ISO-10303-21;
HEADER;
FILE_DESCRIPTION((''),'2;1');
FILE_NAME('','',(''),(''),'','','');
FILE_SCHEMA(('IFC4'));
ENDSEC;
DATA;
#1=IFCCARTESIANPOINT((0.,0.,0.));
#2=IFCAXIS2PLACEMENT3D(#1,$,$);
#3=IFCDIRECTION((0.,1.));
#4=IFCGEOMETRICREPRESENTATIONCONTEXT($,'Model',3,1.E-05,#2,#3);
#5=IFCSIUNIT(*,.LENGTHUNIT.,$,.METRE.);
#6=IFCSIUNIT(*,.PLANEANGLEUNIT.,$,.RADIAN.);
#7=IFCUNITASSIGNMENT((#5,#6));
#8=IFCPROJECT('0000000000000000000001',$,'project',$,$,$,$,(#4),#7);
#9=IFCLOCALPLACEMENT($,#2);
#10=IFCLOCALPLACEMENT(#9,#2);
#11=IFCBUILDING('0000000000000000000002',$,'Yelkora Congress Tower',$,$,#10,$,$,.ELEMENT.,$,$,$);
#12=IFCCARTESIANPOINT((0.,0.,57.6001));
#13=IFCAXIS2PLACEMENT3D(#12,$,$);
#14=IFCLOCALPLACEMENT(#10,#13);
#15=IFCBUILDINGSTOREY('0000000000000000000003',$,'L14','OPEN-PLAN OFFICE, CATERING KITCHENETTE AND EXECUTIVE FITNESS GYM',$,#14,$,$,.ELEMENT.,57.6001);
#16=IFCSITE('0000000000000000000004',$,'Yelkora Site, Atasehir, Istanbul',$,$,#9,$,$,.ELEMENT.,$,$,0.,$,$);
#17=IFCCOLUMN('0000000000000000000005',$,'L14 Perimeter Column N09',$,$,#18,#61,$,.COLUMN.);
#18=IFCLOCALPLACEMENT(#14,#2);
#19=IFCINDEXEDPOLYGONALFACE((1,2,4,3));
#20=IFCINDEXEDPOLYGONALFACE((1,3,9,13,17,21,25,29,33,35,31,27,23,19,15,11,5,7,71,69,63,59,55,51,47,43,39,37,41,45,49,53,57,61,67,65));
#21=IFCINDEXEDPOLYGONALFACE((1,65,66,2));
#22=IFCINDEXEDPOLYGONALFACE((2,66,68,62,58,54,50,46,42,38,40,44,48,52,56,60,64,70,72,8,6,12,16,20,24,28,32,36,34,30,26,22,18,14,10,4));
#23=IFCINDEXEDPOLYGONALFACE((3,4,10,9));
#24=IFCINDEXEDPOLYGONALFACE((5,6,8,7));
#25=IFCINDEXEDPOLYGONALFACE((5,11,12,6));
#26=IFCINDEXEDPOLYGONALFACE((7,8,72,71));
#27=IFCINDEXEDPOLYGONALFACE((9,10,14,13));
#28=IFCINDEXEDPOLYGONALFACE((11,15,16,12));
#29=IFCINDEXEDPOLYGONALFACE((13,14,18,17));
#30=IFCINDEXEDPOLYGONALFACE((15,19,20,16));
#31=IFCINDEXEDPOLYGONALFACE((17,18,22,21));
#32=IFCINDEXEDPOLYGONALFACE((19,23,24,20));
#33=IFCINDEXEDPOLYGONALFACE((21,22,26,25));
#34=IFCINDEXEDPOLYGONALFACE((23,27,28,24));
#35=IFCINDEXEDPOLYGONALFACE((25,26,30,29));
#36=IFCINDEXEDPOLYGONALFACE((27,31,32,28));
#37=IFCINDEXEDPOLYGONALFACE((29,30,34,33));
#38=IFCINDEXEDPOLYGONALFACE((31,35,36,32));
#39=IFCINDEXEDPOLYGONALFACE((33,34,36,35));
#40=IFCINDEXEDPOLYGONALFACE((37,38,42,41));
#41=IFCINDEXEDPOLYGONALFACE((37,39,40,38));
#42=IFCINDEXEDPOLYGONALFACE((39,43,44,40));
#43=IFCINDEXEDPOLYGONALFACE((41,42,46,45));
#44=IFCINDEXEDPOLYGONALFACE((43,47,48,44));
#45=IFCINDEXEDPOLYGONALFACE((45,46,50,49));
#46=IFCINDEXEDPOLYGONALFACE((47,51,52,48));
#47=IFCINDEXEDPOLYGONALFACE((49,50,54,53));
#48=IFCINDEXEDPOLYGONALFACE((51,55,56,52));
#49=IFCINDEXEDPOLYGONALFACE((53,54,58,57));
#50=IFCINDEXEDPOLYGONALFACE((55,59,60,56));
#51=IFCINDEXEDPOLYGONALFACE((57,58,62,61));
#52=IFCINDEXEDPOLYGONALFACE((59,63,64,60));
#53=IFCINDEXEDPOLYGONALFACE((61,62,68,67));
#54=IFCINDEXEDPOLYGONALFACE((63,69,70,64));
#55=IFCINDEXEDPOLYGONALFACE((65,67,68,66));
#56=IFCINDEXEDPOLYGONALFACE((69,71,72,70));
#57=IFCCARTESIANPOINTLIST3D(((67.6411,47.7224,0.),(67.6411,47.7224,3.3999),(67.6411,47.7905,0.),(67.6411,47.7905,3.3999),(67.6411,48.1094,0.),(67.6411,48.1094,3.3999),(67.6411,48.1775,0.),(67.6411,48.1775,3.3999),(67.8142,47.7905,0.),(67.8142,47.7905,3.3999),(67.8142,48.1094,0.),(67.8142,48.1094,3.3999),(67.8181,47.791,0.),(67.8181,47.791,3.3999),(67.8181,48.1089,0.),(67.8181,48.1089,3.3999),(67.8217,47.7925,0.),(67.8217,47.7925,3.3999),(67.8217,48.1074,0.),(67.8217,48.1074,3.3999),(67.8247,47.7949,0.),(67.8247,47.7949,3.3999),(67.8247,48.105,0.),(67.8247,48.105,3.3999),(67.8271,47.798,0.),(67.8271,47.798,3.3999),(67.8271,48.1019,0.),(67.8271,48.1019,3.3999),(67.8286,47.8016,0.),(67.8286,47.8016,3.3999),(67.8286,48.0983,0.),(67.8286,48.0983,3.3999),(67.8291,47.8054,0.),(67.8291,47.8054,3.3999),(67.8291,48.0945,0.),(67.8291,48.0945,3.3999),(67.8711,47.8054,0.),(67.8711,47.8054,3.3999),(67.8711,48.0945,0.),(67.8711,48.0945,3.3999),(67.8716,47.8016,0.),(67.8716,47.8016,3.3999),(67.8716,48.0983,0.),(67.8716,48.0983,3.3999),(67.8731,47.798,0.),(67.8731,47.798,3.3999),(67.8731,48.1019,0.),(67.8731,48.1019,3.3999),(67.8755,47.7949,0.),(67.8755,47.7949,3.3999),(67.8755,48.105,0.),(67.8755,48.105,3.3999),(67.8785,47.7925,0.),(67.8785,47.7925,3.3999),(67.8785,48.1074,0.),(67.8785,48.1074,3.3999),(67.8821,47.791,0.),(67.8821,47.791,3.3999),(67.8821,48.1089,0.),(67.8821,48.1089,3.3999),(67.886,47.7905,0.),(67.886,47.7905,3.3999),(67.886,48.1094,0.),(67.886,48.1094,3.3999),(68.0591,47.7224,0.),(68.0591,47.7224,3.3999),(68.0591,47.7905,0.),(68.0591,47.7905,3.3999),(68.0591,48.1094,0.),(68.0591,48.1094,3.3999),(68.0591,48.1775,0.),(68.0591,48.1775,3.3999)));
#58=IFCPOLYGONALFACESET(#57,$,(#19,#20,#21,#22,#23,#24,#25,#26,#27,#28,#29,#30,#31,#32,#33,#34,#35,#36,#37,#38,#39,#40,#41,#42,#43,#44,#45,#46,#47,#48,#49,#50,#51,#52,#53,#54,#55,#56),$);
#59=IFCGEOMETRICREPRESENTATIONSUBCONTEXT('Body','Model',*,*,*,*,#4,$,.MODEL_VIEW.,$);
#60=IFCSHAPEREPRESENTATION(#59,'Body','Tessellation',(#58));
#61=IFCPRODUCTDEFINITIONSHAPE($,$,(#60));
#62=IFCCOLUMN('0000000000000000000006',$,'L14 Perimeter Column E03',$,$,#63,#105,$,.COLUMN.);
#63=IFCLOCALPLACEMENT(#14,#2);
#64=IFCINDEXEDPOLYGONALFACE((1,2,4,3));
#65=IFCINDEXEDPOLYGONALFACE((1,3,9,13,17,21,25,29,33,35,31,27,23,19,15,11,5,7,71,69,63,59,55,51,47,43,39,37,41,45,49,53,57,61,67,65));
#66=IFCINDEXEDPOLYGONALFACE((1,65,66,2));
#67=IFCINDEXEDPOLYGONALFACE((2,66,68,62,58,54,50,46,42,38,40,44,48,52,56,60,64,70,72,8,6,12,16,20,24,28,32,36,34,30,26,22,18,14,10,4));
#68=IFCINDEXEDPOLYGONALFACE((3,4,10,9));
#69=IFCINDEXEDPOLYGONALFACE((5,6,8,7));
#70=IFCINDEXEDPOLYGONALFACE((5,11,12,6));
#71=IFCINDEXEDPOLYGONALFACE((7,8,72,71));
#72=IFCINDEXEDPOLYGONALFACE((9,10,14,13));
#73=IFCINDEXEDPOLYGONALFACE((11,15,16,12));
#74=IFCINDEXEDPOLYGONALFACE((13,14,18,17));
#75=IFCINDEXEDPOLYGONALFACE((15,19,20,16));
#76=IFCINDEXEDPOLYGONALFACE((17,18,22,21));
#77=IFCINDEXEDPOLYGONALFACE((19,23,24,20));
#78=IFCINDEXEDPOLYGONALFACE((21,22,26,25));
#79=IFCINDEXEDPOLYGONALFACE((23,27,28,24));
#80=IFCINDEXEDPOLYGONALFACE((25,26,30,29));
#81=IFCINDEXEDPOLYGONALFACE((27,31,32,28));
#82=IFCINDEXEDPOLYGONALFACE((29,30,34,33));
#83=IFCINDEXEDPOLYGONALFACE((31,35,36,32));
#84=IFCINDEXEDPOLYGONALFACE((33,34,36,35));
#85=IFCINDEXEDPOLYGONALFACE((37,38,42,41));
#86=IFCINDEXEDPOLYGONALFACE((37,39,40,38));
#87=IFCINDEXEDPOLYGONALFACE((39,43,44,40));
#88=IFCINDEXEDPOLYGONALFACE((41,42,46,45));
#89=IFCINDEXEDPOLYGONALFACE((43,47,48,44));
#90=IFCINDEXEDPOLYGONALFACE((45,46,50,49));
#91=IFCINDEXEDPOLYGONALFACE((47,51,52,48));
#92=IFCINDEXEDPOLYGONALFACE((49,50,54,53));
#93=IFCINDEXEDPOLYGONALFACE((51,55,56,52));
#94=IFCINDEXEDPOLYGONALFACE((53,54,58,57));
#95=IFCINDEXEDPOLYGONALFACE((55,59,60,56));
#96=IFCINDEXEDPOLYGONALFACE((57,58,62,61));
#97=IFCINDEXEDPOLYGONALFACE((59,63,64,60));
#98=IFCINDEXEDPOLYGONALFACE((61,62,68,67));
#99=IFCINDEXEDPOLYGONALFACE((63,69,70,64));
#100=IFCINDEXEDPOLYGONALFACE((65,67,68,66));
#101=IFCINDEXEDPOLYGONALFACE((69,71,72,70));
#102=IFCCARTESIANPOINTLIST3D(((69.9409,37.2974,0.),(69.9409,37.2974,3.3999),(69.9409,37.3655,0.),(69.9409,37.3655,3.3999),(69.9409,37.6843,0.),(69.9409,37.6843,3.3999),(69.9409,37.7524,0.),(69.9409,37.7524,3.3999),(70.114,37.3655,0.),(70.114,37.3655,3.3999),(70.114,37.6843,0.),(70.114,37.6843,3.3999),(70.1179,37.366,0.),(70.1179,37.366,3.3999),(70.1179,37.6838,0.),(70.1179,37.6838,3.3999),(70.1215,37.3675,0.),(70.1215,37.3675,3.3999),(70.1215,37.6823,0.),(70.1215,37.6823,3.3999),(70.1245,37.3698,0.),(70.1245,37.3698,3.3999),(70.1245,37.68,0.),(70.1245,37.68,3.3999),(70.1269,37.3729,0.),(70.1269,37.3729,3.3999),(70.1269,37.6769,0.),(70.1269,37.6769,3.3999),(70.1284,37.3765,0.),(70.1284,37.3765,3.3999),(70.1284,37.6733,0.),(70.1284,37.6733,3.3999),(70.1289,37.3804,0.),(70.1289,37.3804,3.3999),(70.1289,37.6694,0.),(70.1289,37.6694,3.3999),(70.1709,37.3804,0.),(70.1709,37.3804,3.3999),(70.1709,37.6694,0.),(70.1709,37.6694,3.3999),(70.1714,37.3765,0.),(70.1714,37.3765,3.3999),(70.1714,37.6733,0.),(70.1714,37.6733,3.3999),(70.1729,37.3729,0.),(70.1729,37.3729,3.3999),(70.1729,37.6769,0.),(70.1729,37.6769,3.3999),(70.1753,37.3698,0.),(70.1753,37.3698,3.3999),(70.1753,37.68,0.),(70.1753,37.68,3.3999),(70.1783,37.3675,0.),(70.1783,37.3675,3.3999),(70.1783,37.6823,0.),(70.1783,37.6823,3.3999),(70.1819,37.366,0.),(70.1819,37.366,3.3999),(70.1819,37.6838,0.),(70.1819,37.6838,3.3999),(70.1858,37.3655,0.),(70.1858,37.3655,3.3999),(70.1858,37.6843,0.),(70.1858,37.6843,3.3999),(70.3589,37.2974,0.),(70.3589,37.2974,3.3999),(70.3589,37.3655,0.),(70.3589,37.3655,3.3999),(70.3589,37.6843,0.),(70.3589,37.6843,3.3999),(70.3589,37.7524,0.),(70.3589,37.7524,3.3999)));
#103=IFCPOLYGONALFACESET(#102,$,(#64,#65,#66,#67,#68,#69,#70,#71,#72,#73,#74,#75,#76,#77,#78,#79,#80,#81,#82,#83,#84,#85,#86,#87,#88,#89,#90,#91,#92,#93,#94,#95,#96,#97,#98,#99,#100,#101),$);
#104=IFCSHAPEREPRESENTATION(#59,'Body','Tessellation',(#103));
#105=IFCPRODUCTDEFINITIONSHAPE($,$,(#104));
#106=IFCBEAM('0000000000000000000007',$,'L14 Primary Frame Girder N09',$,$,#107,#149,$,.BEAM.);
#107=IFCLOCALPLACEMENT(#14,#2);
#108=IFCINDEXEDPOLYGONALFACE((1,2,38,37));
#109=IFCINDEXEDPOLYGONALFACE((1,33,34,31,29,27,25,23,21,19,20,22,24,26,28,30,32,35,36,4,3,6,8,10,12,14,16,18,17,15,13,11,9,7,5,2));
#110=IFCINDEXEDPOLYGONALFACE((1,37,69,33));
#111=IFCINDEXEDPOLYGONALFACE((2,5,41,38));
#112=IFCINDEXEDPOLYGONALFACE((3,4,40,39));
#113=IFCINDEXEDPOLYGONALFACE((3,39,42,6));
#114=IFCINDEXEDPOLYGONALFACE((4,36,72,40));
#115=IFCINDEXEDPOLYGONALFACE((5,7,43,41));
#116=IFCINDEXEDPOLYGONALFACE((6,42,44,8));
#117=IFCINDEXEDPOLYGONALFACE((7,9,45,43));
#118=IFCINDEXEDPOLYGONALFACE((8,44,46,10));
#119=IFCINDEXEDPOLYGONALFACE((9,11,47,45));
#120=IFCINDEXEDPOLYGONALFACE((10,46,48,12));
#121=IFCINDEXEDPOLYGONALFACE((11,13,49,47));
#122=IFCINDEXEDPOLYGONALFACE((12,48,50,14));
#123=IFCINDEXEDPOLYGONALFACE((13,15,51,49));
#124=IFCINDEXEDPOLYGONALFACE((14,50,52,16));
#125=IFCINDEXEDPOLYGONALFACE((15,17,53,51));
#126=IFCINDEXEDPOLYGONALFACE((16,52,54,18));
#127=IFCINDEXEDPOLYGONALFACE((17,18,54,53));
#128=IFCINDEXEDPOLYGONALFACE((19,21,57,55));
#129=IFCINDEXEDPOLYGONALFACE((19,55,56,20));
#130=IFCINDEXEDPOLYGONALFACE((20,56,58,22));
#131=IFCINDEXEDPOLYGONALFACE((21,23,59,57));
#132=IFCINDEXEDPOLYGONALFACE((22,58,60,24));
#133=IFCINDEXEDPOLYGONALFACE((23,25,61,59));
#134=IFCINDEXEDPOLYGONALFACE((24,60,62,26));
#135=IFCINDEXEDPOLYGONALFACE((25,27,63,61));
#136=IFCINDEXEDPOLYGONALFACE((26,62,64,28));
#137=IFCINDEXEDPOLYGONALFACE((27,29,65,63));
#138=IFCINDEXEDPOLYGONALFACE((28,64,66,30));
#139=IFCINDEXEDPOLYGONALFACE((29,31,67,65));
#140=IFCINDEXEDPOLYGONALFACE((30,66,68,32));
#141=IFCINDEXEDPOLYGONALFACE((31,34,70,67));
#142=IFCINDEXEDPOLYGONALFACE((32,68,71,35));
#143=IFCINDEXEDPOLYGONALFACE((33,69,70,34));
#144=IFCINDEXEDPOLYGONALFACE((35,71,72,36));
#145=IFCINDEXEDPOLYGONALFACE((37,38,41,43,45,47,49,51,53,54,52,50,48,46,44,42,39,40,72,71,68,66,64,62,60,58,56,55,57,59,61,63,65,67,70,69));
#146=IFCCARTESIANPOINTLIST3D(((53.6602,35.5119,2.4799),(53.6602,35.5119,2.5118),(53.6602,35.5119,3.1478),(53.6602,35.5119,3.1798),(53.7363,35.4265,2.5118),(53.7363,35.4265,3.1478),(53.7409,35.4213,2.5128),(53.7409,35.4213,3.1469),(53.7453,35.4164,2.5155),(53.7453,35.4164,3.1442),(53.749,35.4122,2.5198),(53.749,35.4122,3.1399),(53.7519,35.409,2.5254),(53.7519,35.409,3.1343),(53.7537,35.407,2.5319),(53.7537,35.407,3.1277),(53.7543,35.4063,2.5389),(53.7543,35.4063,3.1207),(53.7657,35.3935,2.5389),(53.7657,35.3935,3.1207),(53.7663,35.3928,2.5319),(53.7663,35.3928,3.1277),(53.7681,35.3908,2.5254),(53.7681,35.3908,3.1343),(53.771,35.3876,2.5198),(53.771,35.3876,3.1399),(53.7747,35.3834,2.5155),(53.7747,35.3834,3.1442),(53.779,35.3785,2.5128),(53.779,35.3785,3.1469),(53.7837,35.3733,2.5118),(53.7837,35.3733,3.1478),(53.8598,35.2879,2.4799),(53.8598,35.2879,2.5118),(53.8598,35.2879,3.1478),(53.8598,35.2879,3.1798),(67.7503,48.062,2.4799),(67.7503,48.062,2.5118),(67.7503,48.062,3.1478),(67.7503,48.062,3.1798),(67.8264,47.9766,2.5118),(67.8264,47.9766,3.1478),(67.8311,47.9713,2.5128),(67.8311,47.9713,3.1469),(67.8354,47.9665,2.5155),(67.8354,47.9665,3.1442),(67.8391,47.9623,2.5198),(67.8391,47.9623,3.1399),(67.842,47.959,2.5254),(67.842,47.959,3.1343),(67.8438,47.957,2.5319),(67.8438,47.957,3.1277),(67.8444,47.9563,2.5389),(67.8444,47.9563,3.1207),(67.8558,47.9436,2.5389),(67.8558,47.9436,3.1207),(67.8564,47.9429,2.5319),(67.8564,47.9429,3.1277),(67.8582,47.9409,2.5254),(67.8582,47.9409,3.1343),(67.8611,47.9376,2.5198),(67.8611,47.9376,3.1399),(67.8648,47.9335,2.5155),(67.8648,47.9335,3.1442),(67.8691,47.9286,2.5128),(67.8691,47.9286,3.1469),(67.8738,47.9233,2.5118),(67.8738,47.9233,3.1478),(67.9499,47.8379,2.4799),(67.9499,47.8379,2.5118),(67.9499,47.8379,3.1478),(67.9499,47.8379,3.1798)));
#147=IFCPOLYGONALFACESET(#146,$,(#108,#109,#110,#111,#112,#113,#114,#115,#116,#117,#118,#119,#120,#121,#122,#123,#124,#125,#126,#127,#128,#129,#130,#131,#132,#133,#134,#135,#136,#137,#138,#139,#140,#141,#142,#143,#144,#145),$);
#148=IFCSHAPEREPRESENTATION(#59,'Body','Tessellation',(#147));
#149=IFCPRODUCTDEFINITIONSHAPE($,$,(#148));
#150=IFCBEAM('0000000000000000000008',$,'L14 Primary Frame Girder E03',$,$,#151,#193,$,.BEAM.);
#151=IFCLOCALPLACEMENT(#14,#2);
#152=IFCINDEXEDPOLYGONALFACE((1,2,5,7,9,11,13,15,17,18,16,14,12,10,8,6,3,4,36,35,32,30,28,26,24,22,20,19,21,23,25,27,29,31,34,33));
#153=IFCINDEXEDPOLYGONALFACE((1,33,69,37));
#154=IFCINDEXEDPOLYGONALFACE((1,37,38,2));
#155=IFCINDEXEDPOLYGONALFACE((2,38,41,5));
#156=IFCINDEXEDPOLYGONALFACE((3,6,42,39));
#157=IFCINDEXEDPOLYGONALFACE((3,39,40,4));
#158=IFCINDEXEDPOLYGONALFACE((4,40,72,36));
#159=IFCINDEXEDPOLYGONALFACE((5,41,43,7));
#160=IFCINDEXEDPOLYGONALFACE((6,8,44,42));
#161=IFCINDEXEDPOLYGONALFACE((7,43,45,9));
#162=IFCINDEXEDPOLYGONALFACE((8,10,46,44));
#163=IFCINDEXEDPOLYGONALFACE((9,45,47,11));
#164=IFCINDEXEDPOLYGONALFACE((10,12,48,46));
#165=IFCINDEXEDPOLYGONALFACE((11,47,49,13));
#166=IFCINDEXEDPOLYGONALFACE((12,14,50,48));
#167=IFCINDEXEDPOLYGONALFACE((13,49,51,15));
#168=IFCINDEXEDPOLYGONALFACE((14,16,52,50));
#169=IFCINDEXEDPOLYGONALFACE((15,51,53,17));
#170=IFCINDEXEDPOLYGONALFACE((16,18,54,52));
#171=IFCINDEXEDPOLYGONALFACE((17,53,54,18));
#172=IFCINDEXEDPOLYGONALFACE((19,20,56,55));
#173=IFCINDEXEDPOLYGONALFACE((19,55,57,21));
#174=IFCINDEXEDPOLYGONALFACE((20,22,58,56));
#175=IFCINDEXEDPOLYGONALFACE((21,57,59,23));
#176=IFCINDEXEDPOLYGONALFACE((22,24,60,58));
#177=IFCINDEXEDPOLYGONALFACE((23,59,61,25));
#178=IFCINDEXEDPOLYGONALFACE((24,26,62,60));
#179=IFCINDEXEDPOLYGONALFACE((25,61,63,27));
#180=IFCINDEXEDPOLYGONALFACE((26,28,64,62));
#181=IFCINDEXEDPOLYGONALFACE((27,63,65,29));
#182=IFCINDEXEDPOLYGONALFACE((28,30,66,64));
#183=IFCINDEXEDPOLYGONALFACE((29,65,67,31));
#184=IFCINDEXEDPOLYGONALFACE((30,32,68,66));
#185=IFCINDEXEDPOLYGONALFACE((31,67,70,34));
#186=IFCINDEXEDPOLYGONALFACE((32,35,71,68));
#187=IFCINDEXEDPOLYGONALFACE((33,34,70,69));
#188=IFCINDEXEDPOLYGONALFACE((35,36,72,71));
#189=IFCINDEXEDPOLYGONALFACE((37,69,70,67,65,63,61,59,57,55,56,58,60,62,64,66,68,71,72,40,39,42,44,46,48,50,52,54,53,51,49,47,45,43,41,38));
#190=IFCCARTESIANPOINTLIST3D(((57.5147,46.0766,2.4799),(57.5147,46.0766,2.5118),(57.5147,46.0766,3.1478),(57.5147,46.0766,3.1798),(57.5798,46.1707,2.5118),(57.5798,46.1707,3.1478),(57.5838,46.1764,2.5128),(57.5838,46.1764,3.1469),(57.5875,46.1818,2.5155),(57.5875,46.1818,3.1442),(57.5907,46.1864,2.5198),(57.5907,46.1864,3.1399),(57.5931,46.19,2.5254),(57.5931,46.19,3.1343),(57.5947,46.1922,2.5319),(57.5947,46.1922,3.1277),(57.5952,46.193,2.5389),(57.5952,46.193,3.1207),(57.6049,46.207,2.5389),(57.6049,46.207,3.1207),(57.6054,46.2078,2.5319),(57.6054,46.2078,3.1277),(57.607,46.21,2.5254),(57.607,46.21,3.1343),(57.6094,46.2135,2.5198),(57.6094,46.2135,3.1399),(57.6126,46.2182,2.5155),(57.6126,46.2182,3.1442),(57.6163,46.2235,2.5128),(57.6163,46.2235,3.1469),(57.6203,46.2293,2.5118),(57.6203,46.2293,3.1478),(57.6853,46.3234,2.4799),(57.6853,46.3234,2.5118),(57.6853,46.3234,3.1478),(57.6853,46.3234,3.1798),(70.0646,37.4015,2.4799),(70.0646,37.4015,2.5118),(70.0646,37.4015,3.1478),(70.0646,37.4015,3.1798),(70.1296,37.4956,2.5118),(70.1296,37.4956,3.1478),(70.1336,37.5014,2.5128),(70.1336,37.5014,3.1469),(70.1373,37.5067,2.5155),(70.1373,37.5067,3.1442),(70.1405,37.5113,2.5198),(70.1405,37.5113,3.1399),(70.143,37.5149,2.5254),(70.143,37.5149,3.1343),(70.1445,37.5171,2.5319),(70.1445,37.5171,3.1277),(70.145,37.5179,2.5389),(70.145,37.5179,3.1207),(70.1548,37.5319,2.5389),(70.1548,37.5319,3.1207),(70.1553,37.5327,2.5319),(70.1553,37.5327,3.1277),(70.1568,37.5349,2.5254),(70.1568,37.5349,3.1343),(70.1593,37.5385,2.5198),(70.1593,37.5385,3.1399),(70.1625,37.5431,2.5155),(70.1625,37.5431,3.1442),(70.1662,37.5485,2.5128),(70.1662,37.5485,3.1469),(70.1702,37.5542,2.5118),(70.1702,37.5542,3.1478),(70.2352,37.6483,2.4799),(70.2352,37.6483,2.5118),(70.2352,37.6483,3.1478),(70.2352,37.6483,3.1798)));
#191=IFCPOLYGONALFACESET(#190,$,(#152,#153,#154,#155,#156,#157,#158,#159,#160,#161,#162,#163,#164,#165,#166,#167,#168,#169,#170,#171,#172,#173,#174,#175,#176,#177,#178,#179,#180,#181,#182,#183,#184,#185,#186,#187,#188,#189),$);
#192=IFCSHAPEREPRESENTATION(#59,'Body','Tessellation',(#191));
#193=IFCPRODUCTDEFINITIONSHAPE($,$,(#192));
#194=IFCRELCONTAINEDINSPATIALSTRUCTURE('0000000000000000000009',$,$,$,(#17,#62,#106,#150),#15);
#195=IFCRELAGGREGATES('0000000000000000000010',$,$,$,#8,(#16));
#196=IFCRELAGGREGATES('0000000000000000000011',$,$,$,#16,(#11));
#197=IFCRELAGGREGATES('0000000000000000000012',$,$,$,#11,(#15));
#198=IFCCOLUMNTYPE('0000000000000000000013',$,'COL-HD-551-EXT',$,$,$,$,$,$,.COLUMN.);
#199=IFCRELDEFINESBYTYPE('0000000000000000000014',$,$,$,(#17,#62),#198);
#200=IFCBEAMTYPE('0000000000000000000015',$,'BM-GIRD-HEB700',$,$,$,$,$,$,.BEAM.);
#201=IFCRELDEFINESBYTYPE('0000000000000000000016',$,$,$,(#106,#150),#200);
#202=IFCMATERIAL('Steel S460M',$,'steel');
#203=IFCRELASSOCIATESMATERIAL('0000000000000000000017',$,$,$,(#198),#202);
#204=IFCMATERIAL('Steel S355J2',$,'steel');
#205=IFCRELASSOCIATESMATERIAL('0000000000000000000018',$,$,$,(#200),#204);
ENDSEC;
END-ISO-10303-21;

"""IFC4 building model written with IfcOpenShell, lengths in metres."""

from ifc_helpers import new_model, si_unit, direction, frame, origin, origin_2d, place, context, subcontext, project, spatial, i_section, extrude, material, material_profile, profile_set, type_object, element, save


model = new_model("IFC4")

# Units and contexts
model_context = context("Model", 3, precision=1e-05, world=origin(), true_north=direction((0.0, 1.0)))
body_context = subcontext(model_context, "Body", "Model", "MODEL_VIEW")
ifc_project = project(units=[si_unit("LENGTHUNIT", "METRE"), si_unit("PLANEANGLEUNIT", "RADIAN")], contexts=[model_context])

# Site, building, storey
site_placement = place(None, origin())
site = spatial("IfcSite", under=ifc_project, at=site_placement, Name="Yelkora Site, Atasehir, Istanbul", CompositionType="ELEMENT", RefElevation=0.0)
building_placement = place(site_placement, origin())
building = spatial("IfcBuilding", under=site, at=building_placement, Name="Yelkora Congress Tower", CompositionType="ELEMENT")
storey_placement = place(building_placement, frame((0.0, 0.0, 57.6001)))
storey = spatial("IfcBuildingStorey", under=building, at=storey_placement, Name="L14", Description="OPEN-PLAN OFFICE, CATERING KITCHENETTE AND EXECUTIVE FITNESS GYM", CompositionType="ELEMENT", Elevation=57.6001)

# Columns
ifc_material_1 = material(Name="Steel S460M", Category="steel")
ifc_material_profile_1 = material_profile(ifc_material_1, i_section(OverallWidth=0.418, OverallDepth=0.4551, WebThickness=0.042, FlangeThickness=0.0681, FilletRadius=0.0149, at=origin_2d()), Name="HD 400x551")
ifc_profile_set_1 = profile_set([ifc_material_profile_1], Name="Steel S460M")
column_type = type_object("IfcColumnType", Name="COL-HD-551-EXT", PredefinedType="COLUMN", material=ifc_profile_set_1)
for number, where, z_axis, x_axis, name in (
    (1, (67.8501, 47.95, 0.0), (0.0, 0.0, 1.0), (1.0, 0.0, 0.0), "L14 Perimeter Column N09"),
    (2, (70.1499, 37.5249, 0.0), (0.0, 0.0, 1.0), (1.0, 0.0, 0.0), "L14 Perimeter Column E03"),
):
    element("IfcColumn", number, at=place(storey_placement, frame(where, z_axis=z_axis, x_axis=x_axis)), inside=storey, type_object=column_type, Name=name, PredefinedType="COLUMN", context=body_context, shape_type="SweptSolid", body=[
        extrude(i_section(OverallWidth=0.418, OverallDepth=0.4551, WebThickness=0.042, FlangeThickness=0.0681, FilletRadius=0.0149, at=origin_2d()), origin(), (0.0, 0.0, 1.0), 3.3999),
    ])

# Beams
ifc_material_2 = material(Name="Steel S355J2", Category="steel")
ifc_material_profile_2 = material_profile(ifc_material_2, i_section(OverallWidth=0.3, OverallDepth=0.7, WebThickness=0.0171, FlangeThickness=0.032, FilletRadius=0.0271, at=origin_2d()), Name="HEB 700")
ifc_profile_set_2 = profile_set([ifc_material_profile_2], Name="Steel S355J2")
beam_type_1 = type_object("IfcBeamType", Name="BM-GIRD-HEB700", PredefinedType="BEAM", material=ifc_profile_set_2)
beam_1_placement = place(storey_placement, frame((67.8501, 47.95, 2.8298), z_axis=(-0.746737, -0.665119, 0.0), x_axis=(0.665119, -0.746737, 0.0)))
element("IfcBeam", 3, at=beam_1_placement, inside=storey, type_object=beam_type_1, Name="L14 Primary Frame Girder N09", PredefinedType="BEAM", context=body_context, shape_type="SweptSolid", body=[
    extrude(i_section(OverallWidth=0.3, OverallDepth=0.7, WebThickness=0.0171, FlangeThickness=0.032, FilletRadius=0.0271, at=origin_2d()), origin(), (0.0, 0.0, 1.0), 18.8689),
])
beam_2_placement = place(storey_placement, frame((70.1499, 37.5249, 2.8298), z_axis=(-0.822599, 0.568622, 0.0), x_axis=(-0.568622, -0.822599, 0.0)))
element("IfcBeam", 4, at=beam_2_placement, inside=storey, type_object=beam_type_1, Name="L14 Primary Frame Girder E03", PredefinedType="BEAM", context=body_context, shape_type="SweptSolid", body=[
    extrude(i_section(OverallWidth=0.3, OverallDepth=0.7, WebThickness=0.0171, FlangeThickness=0.032, FilletRadius=0.0271, at=origin_2d()), origin(), (0.0, 0.0, 1.0), 15.2563),
])

save(model, "model.ifc")
